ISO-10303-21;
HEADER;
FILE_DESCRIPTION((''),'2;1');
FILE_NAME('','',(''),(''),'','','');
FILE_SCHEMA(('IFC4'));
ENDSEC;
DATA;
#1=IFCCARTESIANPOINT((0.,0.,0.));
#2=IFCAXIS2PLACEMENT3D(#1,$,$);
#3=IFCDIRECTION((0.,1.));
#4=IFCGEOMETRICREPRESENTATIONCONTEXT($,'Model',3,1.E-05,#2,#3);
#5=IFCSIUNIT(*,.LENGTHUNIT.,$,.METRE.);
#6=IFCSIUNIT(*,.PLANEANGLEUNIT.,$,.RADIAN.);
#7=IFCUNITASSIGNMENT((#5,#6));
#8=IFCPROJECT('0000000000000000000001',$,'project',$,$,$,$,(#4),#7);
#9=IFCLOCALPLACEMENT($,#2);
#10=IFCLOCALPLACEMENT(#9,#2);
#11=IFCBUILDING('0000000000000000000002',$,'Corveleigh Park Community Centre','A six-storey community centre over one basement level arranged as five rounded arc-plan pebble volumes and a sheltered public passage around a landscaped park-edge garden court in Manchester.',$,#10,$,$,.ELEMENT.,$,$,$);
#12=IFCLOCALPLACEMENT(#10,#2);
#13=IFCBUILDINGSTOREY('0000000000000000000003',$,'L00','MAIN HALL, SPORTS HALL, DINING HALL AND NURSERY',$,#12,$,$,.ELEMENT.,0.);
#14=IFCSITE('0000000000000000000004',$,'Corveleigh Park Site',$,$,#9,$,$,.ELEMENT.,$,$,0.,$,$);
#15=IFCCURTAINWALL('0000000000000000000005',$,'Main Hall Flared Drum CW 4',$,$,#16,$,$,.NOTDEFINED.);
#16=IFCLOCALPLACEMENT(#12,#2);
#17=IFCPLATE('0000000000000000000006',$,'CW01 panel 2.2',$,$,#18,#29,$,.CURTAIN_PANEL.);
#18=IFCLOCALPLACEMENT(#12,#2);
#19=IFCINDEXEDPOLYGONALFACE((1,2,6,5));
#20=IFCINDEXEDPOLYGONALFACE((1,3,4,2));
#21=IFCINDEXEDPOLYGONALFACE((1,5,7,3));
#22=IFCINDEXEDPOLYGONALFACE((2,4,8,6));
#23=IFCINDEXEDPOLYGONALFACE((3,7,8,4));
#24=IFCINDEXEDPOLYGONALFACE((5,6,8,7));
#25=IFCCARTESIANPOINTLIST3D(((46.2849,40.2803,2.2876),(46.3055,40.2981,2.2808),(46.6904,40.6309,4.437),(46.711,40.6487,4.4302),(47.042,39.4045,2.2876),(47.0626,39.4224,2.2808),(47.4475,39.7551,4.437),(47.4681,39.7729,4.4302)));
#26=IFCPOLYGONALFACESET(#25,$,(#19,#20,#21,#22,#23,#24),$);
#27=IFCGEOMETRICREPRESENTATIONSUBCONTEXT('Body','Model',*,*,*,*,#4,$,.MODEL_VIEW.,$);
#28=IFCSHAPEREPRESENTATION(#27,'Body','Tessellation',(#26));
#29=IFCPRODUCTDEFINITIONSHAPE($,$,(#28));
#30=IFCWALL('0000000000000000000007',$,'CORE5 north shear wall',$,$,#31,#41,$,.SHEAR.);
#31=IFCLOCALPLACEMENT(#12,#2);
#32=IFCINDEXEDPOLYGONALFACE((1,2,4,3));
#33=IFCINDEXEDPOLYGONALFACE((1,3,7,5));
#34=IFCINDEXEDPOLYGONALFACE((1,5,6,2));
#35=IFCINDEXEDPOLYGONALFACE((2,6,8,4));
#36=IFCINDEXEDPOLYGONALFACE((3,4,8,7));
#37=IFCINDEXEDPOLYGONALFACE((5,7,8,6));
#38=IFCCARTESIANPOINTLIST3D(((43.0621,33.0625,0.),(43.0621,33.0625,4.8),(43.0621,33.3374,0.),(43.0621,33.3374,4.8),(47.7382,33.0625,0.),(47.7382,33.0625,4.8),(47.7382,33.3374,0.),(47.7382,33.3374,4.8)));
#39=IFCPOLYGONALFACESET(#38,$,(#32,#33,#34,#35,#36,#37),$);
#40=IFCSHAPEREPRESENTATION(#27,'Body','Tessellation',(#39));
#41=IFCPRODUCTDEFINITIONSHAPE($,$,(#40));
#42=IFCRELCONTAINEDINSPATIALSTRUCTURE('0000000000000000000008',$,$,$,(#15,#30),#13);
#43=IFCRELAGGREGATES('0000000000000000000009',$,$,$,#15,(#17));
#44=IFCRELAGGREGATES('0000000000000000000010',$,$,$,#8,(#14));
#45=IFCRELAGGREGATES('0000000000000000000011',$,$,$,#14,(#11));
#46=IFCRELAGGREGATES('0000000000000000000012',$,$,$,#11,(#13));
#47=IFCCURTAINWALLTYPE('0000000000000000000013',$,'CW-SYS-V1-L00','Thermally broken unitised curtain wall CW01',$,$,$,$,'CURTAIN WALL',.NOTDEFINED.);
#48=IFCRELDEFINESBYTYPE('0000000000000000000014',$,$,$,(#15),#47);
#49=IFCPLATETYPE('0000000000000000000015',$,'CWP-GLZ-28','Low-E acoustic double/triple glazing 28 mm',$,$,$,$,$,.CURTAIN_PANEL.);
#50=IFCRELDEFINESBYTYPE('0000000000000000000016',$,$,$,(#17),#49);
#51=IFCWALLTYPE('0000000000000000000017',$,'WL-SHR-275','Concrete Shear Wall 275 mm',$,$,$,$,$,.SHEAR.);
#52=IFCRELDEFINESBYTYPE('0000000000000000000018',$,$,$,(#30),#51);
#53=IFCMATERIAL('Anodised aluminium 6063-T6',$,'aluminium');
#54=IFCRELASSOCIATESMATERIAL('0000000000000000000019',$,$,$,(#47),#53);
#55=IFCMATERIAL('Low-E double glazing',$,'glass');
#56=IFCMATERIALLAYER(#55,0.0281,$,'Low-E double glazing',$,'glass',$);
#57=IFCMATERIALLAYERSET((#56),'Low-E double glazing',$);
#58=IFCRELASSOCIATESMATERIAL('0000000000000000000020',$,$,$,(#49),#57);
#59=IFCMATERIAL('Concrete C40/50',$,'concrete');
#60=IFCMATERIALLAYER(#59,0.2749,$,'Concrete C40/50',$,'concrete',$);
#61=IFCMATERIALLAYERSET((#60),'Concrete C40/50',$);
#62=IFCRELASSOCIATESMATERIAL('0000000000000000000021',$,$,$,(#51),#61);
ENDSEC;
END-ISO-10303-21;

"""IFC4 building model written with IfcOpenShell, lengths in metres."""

from ifc_helpers import new_model, si_unit, direction, frame, frame_2d, origin, place, context, subcontext, project, spatial, polyline, rectangle, outline, extrude, material, layer, layer_set, type_object, element, aggregate, save


model = new_model("IFC4")

# Units and contexts
model_context = context("Model", 3, precision=1e-05, world=origin(), true_north=direction((0.0, 1.0)))
body_context = subcontext(model_context, "Body", "Model", "MODEL_VIEW")
ifc_project = project(units=[si_unit("LENGTHUNIT", "METRE"), si_unit("PLANEANGLEUNIT", "RADIAN")], contexts=[model_context])

# Site, building, storey
site_placement = place(None, origin())
site = spatial("IfcSite", under=ifc_project, at=site_placement, Name="Corveleigh Park Site", CompositionType="ELEMENT", RefElevation=0.0)
building_placement = place(site_placement, origin())
building = spatial("IfcBuilding", under=site, at=building_placement, Name="Corveleigh Park Community Centre", Description="A six-storey community centre over one basement level arranged as five rounded arc-plan pebble volumes and a sheltered public passage around a landscaped park-edge garden court in Manchester.", CompositionType="ELEMENT")
storey_placement = place(building_placement, origin())
storey = spatial("IfcBuildingStorey", under=building, at=storey_placement, Name="L00", Description="MAIN HALL, SPORTS HALL, DINING HALL AND NURSERY", CompositionType="ELEMENT", Elevation=0.0)

# Shared definitions
ifc_material_1 = material(Name="Anodised aluminium 6063-T6", Category="aluminium")
curtain_wall_type = type_object("IfcCurtainWallType", Name="CW-SYS-V1-L00", Description="Thermally broken unitised curtain wall CW01", ElementType="CURTAIN WALL", PredefinedType="NOTDEFINED", material=ifc_material_1)

# Curtain wall
curtain_wall_1_placement = place(storey_placement, origin())
curtain_wall_1 = element("IfcCurtainWall", 1, at=curtain_wall_1_placement, inside=storey, type_object=curtain_wall_type, Name="Main Hall Flared Drum CW 4", PredefinedType="NOTDEFINED")

# Plate
ifc_material_2 = material(Name="Low-E double glazing", Category="glass")
ifc_layer_1 = layer(ifc_material_2, 0.0281, Name="Low-E double glazing", Category="glass")
ifc_layer_set_1 = layer_set([ifc_layer_1], Name="Low-E double glazing")
plate_type = type_object("IfcPlateType", Name="CWP-GLZ-28", Description="Low-E acoustic double/triple glazing 28 mm", PredefinedType="CURTAIN_PANEL", material=ifc_layer_set_1)
plate_1_placement = place(storey_placement, frame((47.042, 39.4045, 2.2876), z_axis=(-0.734013, -0.634562, 0.241984), x_axis=(-0.653999, 0.756496, 0.0)))
plate_1 = element("IfcPlate", 2, at=plate_1_placement, type_object=plate_type, Name="CW01 panel 2.2", PredefinedType="CURTAIN_PANEL", context=body_context, shape_type="SweptSolid", body=[
    extrude(outline(polyline([(0.0, 0.0), (1.1576, 0.0), (1.1576, -2.2153), (0.0, -2.2153), (0.0, 0.0)])), origin(), (0.0, 0.0, -1.0), 0.0281),
])
aggregate(curtain_wall_1, [plate_1])

# Wall
ifc_material_3 = material(Name="Concrete C40/50", Category="concrete")
ifc_layer_2 = layer(ifc_material_3, 0.2749, Name="Concrete C40/50", Category="concrete")
ifc_layer_set_2 = layer_set([ifc_layer_2], Name="Concrete C40/50")
wall_type = type_object("IfcWallType", Name="WL-SHR-275", Description="Concrete Shear Wall 275 mm", PredefinedType="SHEAR", material=ifc_layer_set_2)
wall_placement = place(storey_placement, frame((47.738, 33.2, 0.0), z_axis=(0.0, 0.0, 1.0), x_axis=(-1.0, 0.0, 0.0)))
element("IfcWall", 3, at=wall_placement, inside=storey, type_object=wall_type, Name="CORE5 north shear wall", PredefinedType="SHEAR", context=body_context, shape_type="SweptSolid", body=[
    extrude(rectangle(XDim=4.676, YDim=0.2749, at=frame_2d((2.3379, 0.0))), origin(), (0.0, 0.0, 1.0), 4.8),
])

save(model, "model.ifc")
